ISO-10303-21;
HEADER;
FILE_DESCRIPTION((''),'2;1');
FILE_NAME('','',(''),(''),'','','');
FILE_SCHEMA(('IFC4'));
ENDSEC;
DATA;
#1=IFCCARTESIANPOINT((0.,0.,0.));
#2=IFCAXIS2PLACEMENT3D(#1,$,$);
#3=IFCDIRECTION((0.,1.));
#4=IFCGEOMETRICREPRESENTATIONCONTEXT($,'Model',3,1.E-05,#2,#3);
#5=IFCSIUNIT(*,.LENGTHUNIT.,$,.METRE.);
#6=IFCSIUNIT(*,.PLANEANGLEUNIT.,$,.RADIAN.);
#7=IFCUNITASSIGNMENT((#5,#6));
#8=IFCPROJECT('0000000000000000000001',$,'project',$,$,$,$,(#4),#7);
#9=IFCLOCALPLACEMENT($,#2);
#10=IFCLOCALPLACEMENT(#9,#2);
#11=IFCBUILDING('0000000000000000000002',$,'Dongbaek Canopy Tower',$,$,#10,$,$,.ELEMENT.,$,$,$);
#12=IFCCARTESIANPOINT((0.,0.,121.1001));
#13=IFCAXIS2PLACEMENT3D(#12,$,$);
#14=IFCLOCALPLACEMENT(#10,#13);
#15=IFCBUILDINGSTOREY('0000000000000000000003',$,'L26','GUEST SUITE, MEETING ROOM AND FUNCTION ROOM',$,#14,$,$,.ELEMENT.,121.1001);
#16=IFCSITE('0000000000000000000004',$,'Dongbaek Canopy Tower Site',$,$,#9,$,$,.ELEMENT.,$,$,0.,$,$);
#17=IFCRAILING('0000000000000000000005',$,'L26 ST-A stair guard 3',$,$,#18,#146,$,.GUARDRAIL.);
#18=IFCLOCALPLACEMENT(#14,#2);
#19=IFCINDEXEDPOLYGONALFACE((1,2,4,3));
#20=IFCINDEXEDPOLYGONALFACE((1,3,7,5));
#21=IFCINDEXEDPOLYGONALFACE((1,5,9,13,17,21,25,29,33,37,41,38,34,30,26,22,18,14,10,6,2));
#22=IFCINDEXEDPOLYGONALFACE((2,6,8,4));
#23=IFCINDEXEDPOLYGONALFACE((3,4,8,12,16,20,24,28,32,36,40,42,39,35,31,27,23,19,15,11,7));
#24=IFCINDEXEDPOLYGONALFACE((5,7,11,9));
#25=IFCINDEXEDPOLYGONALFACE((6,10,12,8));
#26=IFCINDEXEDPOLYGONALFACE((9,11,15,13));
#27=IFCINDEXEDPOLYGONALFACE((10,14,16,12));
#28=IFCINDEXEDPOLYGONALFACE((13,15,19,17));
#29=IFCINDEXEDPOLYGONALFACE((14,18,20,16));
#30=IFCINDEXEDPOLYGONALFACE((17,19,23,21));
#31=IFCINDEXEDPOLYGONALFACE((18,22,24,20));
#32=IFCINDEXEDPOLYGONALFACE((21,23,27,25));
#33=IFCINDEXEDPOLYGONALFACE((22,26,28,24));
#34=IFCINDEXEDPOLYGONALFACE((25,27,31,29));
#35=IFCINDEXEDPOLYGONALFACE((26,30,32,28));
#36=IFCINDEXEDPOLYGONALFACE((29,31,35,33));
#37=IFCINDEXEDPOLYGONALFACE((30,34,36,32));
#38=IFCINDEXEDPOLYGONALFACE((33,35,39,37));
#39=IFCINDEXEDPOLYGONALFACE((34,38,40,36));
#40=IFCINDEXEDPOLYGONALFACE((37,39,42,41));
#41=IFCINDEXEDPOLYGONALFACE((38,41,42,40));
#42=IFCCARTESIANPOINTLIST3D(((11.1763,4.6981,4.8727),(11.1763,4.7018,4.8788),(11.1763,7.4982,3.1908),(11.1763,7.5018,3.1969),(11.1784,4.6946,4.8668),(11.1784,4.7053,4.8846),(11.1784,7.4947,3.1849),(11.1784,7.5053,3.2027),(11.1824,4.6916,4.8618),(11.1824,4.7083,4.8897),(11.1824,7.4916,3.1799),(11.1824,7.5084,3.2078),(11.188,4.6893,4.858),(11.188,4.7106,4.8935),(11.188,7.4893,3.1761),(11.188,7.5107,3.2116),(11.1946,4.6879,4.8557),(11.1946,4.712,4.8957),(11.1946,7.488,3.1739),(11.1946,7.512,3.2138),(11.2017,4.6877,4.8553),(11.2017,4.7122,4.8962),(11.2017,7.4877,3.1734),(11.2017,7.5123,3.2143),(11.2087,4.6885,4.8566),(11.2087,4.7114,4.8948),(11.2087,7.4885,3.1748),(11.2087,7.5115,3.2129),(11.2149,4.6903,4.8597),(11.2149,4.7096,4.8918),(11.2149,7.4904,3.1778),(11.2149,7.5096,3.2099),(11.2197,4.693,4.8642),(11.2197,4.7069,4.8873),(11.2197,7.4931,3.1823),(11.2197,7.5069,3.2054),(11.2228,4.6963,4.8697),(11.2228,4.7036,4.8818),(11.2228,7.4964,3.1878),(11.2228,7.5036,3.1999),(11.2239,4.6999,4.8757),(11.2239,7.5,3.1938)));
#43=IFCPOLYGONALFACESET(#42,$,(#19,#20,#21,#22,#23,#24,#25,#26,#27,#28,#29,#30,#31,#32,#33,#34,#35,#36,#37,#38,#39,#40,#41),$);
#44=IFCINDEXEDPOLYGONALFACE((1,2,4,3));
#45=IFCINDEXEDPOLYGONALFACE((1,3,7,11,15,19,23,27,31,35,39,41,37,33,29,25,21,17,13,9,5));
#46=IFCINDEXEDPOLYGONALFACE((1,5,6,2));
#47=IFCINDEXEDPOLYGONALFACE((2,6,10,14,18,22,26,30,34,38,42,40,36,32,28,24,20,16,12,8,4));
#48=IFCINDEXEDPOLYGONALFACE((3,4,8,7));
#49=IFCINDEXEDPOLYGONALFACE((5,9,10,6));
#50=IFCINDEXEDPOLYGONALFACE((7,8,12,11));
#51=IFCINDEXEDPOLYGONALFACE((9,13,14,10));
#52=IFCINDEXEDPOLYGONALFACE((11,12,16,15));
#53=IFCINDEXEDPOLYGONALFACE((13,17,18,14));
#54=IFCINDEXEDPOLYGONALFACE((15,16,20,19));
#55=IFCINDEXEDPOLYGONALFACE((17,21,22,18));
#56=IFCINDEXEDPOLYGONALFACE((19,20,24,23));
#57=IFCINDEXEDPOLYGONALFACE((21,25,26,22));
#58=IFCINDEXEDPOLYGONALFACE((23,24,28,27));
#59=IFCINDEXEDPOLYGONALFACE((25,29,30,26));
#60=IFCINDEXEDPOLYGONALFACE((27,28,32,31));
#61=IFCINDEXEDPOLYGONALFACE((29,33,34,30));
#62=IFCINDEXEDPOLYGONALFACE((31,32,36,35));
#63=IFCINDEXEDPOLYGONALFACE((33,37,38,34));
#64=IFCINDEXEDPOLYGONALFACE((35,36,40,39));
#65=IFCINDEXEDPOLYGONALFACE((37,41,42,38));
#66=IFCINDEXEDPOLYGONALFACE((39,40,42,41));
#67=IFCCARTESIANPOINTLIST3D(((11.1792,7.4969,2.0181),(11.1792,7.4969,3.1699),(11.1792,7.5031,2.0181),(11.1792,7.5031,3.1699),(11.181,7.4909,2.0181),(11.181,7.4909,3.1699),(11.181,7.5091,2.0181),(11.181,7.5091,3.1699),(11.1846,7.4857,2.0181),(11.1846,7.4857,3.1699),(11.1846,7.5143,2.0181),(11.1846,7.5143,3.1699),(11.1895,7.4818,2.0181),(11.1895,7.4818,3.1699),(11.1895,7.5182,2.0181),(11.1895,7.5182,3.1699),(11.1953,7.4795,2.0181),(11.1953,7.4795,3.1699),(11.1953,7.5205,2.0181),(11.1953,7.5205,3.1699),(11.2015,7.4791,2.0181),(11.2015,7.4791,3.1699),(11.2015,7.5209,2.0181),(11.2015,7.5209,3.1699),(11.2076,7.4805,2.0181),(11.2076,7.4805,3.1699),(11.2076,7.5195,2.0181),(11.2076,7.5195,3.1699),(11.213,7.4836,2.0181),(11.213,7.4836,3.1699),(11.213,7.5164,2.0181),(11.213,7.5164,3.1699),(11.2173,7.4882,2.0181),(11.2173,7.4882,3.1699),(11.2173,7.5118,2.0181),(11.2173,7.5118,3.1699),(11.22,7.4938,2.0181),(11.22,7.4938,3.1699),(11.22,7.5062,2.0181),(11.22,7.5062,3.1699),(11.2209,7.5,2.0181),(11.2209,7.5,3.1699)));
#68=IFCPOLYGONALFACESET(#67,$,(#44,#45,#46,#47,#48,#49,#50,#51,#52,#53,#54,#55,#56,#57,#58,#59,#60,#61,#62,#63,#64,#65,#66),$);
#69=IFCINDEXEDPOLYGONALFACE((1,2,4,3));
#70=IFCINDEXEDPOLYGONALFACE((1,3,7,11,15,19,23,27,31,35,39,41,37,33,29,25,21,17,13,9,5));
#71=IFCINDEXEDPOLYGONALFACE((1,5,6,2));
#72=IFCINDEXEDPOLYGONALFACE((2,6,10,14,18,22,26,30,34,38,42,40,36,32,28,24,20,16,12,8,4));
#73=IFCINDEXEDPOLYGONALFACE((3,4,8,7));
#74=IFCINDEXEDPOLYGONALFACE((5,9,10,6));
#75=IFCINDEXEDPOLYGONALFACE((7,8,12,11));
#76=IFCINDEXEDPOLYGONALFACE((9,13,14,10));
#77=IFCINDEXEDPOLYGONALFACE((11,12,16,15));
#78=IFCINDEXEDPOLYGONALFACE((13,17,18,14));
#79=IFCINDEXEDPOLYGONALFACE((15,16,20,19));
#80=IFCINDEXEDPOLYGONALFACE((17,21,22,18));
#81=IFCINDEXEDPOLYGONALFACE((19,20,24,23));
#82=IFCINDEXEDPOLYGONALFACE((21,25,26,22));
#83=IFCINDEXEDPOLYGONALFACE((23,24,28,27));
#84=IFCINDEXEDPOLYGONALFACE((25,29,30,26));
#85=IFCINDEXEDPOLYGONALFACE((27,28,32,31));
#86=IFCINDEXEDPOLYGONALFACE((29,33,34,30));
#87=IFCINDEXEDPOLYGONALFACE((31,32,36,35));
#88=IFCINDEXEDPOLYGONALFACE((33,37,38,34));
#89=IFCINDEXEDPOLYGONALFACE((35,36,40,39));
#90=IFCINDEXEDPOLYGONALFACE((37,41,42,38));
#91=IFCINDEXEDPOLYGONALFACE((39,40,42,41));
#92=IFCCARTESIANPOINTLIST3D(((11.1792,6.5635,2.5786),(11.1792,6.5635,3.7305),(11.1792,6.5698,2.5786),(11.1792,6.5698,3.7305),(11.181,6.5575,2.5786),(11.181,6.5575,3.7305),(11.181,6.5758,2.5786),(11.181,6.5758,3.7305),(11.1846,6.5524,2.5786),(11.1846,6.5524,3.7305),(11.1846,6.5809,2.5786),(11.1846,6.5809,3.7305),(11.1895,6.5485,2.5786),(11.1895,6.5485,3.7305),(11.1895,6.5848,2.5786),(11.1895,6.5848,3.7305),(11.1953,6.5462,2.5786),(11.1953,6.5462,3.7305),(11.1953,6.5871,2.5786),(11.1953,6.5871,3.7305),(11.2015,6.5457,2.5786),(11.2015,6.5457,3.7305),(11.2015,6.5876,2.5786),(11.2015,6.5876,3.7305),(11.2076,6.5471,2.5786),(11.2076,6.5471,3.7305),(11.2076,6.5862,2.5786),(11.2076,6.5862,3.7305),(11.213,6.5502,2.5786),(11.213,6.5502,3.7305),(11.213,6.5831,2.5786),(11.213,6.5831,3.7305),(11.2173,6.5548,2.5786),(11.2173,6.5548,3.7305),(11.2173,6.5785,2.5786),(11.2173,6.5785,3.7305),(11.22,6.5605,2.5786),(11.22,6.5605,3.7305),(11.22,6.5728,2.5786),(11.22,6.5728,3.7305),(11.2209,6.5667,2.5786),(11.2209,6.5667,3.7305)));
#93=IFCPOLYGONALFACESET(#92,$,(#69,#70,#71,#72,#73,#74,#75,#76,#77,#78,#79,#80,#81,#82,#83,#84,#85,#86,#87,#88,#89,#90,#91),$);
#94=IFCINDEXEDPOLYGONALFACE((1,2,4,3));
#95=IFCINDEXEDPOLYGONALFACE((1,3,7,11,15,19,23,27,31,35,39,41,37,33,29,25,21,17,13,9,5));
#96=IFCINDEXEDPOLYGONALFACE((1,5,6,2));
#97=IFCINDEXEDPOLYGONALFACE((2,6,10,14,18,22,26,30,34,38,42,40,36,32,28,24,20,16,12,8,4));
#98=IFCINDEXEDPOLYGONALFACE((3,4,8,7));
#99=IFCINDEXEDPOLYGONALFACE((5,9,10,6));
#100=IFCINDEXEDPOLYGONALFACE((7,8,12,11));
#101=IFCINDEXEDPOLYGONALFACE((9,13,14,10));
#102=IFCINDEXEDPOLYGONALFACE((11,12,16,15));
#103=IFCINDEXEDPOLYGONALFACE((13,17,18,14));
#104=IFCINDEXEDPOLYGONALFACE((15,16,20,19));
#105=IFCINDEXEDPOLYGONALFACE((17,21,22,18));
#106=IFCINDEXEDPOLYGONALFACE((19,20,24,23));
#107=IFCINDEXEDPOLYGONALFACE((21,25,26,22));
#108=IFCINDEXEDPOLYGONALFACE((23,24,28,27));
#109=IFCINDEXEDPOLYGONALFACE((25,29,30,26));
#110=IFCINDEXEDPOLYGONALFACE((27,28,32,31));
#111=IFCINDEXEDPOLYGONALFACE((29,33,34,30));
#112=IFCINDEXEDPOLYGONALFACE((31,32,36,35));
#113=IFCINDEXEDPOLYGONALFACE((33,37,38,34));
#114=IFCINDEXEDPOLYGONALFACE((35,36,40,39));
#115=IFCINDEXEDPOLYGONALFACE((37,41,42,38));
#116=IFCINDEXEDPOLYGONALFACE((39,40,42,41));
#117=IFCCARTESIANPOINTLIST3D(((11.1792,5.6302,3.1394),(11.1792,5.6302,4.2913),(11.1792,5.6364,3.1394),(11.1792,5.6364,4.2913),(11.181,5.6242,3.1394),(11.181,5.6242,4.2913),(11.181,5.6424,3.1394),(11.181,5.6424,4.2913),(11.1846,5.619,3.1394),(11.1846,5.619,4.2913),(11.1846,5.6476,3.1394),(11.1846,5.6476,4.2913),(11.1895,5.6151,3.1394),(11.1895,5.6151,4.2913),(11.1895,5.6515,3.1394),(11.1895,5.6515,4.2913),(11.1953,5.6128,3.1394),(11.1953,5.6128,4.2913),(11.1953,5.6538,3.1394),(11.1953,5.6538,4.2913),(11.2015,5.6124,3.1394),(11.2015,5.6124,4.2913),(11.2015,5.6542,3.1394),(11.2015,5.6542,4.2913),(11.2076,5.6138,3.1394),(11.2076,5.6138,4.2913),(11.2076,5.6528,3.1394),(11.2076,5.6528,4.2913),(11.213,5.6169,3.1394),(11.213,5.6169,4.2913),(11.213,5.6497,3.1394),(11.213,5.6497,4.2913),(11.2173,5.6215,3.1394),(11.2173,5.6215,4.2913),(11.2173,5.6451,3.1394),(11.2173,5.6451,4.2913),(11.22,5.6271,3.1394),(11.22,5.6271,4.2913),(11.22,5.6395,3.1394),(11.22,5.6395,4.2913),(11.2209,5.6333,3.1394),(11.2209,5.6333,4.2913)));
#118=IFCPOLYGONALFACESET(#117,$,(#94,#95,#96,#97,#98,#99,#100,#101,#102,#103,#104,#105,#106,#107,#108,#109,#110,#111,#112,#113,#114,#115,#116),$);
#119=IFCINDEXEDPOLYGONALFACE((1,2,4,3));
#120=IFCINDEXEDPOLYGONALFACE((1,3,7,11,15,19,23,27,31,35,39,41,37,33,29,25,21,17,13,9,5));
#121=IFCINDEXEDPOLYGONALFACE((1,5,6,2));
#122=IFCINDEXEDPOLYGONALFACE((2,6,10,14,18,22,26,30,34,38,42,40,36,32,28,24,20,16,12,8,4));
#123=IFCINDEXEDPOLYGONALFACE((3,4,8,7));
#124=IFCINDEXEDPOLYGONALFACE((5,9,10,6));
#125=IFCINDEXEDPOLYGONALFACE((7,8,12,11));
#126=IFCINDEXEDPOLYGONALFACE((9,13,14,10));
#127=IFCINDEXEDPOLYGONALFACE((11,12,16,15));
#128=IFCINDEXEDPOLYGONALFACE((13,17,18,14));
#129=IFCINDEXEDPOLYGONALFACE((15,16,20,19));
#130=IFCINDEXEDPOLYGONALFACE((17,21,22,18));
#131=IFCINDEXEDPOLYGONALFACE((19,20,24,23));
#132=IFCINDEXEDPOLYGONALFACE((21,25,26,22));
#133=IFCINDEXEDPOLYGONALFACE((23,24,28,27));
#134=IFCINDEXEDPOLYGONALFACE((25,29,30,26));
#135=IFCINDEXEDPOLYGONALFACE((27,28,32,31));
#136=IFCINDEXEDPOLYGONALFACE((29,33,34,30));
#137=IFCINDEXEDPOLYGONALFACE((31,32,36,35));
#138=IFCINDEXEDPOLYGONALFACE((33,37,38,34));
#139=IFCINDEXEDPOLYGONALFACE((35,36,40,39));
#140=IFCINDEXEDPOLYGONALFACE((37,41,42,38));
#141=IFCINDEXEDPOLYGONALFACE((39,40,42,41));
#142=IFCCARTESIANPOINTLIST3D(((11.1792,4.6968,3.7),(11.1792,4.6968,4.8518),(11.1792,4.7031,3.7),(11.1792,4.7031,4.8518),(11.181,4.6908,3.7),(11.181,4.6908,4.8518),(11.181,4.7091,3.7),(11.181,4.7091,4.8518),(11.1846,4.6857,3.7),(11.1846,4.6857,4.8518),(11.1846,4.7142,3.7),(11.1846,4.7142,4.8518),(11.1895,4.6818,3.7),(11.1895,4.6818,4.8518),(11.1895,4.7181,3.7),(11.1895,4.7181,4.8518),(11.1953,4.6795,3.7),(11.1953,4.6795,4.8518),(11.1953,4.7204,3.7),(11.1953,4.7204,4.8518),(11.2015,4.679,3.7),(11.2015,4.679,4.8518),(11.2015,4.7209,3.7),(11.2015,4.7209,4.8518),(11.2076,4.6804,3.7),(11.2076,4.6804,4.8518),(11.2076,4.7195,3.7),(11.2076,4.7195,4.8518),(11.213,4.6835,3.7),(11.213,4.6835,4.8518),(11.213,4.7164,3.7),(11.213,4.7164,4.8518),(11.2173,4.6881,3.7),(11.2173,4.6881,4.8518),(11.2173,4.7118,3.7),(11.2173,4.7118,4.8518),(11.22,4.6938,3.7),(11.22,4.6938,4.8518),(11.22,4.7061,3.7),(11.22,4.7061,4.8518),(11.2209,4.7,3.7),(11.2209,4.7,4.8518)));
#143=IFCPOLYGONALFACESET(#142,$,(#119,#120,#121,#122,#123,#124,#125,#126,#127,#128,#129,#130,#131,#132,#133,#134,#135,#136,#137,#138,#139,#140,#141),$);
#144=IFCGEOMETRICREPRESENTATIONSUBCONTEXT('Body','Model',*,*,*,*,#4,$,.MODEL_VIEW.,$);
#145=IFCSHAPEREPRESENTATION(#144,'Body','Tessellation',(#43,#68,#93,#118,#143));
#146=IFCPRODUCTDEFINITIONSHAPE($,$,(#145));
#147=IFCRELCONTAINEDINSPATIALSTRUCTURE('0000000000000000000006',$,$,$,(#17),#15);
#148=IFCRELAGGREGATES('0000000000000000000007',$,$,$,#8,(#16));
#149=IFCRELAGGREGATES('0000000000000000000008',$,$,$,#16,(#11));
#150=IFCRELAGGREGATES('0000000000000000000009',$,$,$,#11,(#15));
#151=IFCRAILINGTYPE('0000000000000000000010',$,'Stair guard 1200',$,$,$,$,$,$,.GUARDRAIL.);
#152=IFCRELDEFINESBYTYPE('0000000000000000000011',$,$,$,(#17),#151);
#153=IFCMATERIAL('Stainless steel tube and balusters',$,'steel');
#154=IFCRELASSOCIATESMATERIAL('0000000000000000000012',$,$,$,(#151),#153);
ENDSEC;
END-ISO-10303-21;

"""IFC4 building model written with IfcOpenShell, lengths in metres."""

from ifc_helpers import new_model, si_unit, direction, frame, origin, origin_2d, place, context, subcontext, project, spatial, circle, extrude, material, type_object, element, save


model = new_model("IFC4")

# Units and contexts
model_context = context("Model", 3, precision=1e-05, world=origin(), true_north=direction((0.0, 1.0)))
body_context = subcontext(model_context, "Body", "Model", "MODEL_VIEW")
ifc_project = project(units=[si_unit("LENGTHUNIT", "METRE"), si_unit("PLANEANGLEUNIT", "RADIAN")], contexts=[model_context])

# Site, building, storey
site_placement = place(None, origin())
site = spatial("IfcSite", under=ifc_project, at=site_placement, Name="Dongbaek Canopy Tower Site", CompositionType="ELEMENT", RefElevation=0.0)
building_placement = place(site_placement, origin())
building = spatial("IfcBuilding", under=site, at=building_placement, Name="Dongbaek Canopy Tower", CompositionType="ELEMENT")
storey_placement = place(building_placement, frame((0.0, 0.0, 121.1001)))
storey = spatial("IfcBuildingStorey", under=building, at=storey_placement, Name="L26", Description="GUEST SUITE, MEETING ROOM AND FUNCTION ROOM", CompositionType="ELEMENT", Elevation=121.1001)

# Railing
ifc_material_1 = material(Name="Stainless steel tube and balusters", Category="steel")
railing_type_1 = type_object("IfcRailingType", Name="Stair guard 1200", PredefinedType="GUARDRAIL", material=ifc_material_1)
railing_1_placement = place(storey_placement, frame((11.2, 7.5, 2.0181)))
element("IfcRailing", 1, at=railing_1_placement, inside=storey, type_object=railing_type_1, Name="L26 ST-A stair guard 3", PredefinedType="GUARDRAIL", context=body_context, shape_type="SweptSolid", body=[
    extrude(circle(Radius=0.0239, at=origin_2d()), frame((0.0, 0.0, 1.1758), z_axis=(0.0, -0.857242, 0.514913), x_axis=(1.0, 0.0, 0.0)), (0.0, 0.0, 1.0), 3.2664),
    extrude(circle(Radius=0.021, at=origin_2d()), origin(), (0.0, 0.0, 1.0), 1.1519),
    extrude(circle(Radius=0.021, at=origin_2d()), frame((0.0, -0.9333, 0.5605)), (0.0, 0.0, 1.0), 1.1519),
    extrude(circle(Radius=0.021, at=origin_2d()), frame((0.0, -1.8667, 1.1213)), (0.0, 0.0, 1.0), 1.1519),
    extrude(circle(Radius=0.021, at=origin_2d()), frame((0.0, -2.8, 1.6819)), (0.0, 0.0, 1.0), 1.1519),
])

save(model, "model.ifc")
